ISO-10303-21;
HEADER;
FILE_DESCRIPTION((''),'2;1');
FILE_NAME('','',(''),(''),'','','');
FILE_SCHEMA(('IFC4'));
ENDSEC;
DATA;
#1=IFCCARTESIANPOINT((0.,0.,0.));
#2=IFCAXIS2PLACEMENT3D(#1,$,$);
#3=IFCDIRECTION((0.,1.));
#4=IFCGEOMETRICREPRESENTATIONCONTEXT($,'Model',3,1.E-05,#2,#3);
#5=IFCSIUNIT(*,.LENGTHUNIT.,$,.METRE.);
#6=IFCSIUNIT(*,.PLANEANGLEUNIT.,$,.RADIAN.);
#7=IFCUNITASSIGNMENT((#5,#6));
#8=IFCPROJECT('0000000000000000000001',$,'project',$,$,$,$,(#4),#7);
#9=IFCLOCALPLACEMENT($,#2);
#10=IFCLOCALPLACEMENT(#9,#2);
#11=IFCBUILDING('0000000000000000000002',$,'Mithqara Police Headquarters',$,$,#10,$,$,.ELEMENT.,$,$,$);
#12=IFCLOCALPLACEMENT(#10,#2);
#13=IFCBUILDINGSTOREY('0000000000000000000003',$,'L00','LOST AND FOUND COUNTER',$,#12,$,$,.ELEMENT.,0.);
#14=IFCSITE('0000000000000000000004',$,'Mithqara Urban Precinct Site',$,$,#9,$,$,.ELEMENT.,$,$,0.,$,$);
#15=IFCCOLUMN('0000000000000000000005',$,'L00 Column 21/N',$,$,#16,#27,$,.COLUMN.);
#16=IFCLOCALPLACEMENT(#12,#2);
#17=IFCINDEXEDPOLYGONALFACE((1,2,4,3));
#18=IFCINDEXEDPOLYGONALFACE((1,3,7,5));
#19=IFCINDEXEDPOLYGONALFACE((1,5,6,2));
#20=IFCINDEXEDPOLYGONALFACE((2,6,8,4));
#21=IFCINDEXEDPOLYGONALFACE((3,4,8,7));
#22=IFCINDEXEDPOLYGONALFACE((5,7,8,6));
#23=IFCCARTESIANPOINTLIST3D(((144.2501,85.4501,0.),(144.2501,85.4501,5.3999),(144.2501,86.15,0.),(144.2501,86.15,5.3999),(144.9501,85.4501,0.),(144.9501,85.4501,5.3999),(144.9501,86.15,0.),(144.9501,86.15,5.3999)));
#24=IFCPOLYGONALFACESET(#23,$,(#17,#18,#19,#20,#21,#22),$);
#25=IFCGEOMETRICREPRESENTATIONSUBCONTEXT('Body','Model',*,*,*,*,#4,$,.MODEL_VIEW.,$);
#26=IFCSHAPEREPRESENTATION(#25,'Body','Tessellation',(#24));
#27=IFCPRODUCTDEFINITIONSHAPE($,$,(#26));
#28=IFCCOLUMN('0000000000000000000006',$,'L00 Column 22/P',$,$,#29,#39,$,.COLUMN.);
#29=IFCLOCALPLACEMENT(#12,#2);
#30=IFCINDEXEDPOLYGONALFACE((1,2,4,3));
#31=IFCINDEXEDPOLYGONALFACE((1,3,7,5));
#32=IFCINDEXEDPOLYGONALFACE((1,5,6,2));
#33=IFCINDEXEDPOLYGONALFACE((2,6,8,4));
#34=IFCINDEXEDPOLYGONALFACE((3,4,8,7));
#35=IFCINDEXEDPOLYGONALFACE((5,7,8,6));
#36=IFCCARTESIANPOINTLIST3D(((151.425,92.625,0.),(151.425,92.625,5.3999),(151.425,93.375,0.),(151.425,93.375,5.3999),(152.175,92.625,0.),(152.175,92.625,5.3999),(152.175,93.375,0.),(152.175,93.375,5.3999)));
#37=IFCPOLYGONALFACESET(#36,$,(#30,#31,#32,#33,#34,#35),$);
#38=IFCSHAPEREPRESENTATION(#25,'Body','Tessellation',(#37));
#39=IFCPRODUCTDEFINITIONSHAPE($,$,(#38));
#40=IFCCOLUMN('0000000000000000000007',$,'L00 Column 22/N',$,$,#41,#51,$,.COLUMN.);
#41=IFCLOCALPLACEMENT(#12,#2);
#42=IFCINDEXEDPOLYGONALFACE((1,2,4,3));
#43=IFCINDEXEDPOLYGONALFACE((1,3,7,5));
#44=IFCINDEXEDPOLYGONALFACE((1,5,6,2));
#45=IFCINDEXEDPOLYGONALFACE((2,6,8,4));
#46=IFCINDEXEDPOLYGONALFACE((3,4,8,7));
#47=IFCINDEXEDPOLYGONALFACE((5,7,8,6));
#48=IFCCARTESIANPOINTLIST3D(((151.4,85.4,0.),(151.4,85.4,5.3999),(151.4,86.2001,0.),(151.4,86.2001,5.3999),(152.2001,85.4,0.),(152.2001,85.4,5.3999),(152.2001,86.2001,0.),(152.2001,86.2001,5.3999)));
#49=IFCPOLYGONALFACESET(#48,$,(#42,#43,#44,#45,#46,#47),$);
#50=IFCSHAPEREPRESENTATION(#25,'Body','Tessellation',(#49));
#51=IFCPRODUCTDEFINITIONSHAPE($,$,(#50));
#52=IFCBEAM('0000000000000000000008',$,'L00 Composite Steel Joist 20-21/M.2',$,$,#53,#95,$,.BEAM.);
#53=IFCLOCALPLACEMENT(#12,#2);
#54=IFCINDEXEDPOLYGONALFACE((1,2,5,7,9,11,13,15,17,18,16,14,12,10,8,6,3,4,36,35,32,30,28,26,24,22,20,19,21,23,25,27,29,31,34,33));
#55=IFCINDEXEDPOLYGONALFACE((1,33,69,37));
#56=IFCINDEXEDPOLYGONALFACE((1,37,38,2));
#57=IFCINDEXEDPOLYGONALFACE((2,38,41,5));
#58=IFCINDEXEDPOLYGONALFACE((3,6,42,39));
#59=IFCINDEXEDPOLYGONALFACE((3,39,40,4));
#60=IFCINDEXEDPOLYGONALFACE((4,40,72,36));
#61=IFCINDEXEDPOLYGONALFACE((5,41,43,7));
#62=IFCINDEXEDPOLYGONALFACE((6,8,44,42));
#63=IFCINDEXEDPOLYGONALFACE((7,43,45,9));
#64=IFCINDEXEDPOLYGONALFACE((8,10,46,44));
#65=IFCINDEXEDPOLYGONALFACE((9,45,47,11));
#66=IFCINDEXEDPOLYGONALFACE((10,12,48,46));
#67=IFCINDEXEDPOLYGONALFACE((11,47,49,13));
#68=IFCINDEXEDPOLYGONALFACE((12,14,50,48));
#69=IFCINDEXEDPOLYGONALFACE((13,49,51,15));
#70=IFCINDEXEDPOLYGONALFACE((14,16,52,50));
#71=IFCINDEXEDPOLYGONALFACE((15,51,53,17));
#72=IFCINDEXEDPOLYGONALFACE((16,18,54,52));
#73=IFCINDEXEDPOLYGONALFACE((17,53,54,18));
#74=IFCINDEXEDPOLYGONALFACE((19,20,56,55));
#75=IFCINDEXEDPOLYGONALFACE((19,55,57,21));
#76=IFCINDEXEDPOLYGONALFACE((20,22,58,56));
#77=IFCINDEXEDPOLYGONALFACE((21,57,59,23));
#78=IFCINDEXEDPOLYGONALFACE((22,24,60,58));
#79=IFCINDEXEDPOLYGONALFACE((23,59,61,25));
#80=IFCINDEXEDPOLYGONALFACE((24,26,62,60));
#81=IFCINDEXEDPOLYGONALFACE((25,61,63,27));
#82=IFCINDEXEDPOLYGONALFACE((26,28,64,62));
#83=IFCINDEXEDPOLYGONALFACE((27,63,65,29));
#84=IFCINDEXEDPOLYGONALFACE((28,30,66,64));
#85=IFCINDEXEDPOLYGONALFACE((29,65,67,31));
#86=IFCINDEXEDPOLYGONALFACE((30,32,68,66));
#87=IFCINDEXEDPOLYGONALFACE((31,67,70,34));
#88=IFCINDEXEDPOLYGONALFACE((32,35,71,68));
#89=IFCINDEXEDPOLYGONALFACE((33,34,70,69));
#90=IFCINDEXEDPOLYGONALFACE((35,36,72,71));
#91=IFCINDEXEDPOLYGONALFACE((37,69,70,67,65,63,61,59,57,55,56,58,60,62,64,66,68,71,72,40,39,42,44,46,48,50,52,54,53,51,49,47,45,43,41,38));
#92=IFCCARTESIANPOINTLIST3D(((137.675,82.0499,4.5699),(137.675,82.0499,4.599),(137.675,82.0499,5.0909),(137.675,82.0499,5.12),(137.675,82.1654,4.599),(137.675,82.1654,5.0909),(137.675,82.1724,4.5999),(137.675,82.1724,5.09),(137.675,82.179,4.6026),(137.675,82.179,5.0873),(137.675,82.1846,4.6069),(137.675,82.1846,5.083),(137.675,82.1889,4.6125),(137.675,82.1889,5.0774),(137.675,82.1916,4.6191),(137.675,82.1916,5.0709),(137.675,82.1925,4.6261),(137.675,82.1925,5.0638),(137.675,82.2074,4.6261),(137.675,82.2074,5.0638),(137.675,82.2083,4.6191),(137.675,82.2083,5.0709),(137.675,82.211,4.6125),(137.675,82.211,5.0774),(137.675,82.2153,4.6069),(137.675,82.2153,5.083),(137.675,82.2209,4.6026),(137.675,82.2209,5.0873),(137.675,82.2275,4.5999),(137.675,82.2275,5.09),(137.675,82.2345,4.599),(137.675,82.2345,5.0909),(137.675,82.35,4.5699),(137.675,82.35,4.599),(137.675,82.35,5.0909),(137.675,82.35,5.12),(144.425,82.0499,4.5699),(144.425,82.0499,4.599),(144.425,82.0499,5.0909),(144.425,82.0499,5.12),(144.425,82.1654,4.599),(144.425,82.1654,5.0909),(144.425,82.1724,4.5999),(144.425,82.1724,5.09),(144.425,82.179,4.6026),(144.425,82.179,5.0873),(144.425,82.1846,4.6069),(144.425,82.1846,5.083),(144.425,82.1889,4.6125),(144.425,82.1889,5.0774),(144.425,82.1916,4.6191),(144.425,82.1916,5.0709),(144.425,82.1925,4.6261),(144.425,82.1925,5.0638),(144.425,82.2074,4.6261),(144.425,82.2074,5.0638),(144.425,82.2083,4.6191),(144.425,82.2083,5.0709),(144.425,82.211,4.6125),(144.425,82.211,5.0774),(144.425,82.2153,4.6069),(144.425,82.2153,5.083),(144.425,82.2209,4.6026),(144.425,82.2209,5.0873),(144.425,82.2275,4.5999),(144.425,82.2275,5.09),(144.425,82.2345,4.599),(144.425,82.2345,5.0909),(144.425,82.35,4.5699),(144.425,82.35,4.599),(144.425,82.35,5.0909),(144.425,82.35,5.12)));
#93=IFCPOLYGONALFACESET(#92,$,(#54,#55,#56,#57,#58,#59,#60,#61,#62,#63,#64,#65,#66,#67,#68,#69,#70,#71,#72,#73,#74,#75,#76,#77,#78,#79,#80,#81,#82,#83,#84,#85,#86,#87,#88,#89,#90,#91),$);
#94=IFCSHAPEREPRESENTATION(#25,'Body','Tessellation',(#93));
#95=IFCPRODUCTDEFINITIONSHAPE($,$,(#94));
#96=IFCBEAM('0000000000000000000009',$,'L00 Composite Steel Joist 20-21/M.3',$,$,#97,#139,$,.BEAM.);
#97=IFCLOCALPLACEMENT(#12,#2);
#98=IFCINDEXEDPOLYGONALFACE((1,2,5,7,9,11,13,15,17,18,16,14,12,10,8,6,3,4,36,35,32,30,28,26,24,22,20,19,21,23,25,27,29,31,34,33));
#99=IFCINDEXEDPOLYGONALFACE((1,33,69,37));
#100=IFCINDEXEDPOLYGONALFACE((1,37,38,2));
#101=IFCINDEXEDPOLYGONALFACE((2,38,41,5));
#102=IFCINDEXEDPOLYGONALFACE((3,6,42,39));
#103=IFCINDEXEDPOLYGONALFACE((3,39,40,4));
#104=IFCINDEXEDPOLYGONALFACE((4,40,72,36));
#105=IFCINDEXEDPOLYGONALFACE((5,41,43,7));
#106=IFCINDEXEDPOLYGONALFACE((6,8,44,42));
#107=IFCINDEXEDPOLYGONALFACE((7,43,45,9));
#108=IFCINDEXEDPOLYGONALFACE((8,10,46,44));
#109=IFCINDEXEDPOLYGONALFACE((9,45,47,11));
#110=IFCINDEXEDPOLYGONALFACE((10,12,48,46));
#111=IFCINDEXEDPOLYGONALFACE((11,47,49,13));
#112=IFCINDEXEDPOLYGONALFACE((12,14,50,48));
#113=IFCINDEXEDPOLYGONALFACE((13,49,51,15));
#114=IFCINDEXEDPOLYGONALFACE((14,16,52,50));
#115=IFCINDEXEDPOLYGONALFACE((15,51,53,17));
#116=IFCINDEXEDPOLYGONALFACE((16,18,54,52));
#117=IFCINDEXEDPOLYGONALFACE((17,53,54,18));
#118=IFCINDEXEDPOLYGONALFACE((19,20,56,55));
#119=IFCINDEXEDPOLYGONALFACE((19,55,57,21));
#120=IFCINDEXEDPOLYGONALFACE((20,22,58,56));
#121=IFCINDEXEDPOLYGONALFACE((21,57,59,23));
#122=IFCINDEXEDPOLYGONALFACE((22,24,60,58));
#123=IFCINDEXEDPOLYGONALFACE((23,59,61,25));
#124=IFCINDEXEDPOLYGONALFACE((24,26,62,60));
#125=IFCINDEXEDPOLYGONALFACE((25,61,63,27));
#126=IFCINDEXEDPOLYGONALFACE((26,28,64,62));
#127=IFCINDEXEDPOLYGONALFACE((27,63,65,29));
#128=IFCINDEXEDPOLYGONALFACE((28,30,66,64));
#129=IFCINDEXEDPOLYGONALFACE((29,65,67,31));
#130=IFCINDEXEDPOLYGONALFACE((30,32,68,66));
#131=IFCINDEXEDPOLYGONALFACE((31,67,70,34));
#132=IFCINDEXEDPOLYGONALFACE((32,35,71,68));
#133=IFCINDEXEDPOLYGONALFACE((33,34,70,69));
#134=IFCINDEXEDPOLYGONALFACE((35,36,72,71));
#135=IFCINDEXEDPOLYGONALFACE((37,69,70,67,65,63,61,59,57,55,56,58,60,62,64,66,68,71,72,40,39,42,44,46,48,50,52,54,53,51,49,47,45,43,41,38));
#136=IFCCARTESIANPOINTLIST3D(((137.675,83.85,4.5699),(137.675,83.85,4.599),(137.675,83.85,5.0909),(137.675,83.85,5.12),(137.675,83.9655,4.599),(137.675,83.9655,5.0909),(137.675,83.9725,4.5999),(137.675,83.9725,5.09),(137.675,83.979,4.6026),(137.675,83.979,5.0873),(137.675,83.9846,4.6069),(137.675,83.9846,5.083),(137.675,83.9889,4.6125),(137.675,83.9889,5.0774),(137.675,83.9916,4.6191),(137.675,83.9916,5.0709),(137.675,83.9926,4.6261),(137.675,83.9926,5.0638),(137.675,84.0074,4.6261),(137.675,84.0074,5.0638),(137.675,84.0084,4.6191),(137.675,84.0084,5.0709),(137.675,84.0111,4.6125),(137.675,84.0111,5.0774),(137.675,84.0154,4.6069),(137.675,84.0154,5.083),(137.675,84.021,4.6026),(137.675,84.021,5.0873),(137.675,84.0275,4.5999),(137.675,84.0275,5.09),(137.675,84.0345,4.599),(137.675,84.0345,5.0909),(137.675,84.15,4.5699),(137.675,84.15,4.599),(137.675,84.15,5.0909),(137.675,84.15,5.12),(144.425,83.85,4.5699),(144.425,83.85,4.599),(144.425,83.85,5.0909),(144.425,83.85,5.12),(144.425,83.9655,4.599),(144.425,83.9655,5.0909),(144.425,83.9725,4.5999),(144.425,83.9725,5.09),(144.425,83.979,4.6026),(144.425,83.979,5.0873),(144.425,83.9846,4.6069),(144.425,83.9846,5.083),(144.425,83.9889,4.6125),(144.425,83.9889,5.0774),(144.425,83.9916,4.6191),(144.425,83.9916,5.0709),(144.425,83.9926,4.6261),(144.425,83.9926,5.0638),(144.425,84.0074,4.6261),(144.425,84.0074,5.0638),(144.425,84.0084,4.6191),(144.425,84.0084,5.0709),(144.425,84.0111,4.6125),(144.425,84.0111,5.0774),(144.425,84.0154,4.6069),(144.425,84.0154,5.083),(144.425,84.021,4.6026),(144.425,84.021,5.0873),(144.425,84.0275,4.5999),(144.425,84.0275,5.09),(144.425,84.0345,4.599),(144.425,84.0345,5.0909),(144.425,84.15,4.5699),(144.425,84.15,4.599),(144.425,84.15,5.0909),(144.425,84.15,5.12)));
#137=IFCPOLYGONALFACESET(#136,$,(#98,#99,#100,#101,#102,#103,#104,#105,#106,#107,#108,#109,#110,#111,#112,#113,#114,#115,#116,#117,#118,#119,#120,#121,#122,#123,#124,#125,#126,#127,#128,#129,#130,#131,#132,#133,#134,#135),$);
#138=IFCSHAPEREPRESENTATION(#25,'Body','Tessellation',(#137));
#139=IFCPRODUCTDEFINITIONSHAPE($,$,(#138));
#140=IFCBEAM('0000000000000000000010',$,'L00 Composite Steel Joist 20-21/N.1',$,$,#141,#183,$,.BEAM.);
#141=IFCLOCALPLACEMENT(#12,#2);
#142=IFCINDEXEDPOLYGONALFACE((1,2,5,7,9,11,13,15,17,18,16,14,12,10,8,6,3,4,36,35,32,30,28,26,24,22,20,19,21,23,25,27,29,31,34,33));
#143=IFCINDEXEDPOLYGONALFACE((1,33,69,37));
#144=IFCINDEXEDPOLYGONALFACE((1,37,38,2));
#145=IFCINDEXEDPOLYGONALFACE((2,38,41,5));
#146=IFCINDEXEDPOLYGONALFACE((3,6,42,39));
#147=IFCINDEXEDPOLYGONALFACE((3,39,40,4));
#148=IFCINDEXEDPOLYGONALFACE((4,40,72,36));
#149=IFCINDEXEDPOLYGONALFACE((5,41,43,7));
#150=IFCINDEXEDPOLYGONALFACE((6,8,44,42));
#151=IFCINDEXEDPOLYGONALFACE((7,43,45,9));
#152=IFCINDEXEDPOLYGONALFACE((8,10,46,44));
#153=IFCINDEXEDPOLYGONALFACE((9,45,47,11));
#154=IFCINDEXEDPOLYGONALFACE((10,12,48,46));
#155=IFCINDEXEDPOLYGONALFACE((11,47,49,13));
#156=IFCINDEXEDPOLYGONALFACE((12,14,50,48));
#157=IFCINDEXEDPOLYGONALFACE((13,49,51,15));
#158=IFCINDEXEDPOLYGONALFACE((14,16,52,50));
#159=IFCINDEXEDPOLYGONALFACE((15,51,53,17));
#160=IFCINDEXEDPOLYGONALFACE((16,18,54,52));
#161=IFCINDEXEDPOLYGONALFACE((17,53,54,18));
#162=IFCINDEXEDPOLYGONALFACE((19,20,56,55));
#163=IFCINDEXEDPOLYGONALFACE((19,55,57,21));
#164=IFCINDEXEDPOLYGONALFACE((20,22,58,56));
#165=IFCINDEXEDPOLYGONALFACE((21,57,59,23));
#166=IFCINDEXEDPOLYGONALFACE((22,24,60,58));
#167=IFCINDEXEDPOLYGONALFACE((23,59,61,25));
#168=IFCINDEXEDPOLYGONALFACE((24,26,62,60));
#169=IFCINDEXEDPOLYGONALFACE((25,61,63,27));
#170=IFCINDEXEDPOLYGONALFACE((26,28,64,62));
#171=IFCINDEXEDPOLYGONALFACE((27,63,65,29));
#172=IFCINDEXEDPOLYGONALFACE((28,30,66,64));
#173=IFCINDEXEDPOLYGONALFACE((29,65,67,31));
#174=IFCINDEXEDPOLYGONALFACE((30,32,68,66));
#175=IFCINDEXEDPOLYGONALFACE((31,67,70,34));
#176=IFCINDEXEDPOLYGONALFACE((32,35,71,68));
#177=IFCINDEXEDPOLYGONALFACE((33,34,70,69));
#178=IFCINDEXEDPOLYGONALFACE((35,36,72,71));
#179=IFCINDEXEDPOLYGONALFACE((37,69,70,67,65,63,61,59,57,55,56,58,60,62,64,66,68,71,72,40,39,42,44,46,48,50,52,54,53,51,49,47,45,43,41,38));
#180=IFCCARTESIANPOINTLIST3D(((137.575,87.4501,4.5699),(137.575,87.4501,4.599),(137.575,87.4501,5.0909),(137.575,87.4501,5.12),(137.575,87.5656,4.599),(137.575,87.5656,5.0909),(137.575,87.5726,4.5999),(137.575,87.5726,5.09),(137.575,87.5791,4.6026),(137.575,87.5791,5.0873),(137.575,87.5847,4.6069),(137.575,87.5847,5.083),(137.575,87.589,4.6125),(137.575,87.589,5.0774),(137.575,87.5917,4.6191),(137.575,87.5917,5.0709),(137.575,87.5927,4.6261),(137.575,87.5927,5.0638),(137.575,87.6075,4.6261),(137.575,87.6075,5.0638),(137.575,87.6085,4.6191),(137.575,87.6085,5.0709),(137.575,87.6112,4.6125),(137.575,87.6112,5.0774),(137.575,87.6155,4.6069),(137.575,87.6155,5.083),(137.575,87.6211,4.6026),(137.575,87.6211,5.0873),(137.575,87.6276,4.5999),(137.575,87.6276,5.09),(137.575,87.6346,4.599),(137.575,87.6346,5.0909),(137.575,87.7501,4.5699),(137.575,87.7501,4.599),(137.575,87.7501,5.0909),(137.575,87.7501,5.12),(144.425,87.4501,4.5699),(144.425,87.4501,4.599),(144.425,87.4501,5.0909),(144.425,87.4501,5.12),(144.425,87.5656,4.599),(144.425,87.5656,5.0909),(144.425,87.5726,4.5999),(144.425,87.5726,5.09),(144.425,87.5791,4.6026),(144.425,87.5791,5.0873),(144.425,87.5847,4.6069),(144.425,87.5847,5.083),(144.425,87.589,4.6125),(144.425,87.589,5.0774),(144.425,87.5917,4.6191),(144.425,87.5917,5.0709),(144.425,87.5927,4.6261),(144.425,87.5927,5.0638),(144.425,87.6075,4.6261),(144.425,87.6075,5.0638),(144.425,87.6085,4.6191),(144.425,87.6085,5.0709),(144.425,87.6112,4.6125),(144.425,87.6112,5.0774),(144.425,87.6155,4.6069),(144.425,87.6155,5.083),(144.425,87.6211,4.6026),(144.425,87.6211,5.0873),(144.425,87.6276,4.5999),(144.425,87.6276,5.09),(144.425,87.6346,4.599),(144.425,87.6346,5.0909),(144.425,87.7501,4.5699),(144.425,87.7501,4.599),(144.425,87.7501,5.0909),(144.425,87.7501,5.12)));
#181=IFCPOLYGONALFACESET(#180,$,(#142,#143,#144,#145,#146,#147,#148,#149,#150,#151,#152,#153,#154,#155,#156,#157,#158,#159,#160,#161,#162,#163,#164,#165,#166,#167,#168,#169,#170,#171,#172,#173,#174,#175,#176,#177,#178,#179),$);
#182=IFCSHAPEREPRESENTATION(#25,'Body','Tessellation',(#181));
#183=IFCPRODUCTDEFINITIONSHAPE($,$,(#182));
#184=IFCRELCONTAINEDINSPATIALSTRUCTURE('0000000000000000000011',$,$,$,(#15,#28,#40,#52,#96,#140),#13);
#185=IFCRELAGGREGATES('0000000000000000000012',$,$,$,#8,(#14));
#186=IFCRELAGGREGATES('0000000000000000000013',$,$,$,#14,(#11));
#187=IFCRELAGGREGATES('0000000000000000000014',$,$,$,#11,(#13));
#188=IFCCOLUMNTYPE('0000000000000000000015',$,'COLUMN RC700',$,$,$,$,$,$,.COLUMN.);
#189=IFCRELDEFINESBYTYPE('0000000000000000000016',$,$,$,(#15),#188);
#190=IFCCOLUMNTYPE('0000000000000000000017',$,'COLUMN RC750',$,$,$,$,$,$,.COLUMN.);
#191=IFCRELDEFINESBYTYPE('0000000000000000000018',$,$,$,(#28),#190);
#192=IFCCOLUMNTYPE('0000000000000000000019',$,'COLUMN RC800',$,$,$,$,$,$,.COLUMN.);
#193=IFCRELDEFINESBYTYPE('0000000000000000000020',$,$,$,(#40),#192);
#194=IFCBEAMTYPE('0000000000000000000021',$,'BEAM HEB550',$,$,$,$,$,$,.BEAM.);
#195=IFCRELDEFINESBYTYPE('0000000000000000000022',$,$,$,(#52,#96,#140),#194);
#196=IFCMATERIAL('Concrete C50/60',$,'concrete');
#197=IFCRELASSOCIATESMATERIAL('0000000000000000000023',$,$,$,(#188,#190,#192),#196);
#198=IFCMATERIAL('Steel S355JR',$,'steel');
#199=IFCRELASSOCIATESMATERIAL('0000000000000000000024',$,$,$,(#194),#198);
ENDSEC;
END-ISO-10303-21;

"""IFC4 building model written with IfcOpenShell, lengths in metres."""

from ifc_helpers import new_model, si_unit, direction, frame, origin, origin_2d, place, context, subcontext, project, spatial, rectangle, i_section, extrude, material, material_profile, profile_set, type_object, element, save


model = new_model("IFC4")

# Units and contexts
model_context = context("Model", 3, precision=1e-05, world=origin(), true_north=direction((0.0, 1.0)))
body_context = subcontext(model_context, "Body", "Model", "MODEL_VIEW")
ifc_project = project(units=[si_unit("LENGTHUNIT", "METRE"), si_unit("PLANEANGLEUNIT", "RADIAN")], contexts=[model_context])

# Site, building, storey
site_placement = place(None, origin())
site = spatial("IfcSite", under=ifc_project, at=site_placement, Name="Mithqara Urban Precinct Site", CompositionType="ELEMENT", RefElevation=0.0)
building_placement = place(site_placement, origin())
building = spatial("IfcBuilding", under=site, at=building_placement, Name="Mithqara Police Headquarters", CompositionType="ELEMENT")
storey_placement = place(building_placement, origin())
storey = spatial("IfcBuildingStorey", under=building, at=storey_placement, Name="L00", Description="LOST AND FOUND COUNTER", CompositionType="ELEMENT", Elevation=0.0)

# Columns
ifc_material_1 = material(Name="Concrete C50/60", Category="concrete")
ifc_material_profile_1 = material_profile(ifc_material_1, rectangle(XDim=0.7, YDim=0.7, at=origin_2d()), Name="RC 700x700")
ifc_profile_set_1 = profile_set([ifc_material_profile_1], Name="Concrete C50/60")
column_type_1 = type_object("IfcColumnType", Name="COLUMN RC700", PredefinedType="COLUMN", material=ifc_profile_set_1)
column_1_placement = place(storey_placement, frame((144.6001, 85.8, 0.0), z_axis=(0.0, 0.0, 1.0), x_axis=(1.0, 0.0, 0.0)))
element("IfcColumn", 1, at=column_1_placement, inside=storey, type_object=column_type_1, Name="L00 Column 21/N", PredefinedType="COLUMN", context=body_context, shape_type="SweptSolid", body=[
    extrude(rectangle(XDim=0.7, YDim=0.7, at=origin_2d()), origin(), (0.0, 0.0, 1.0), 5.3999),
])
ifc_material_profile_2 = material_profile(ifc_material_1, rectangle(XDim=0.75, YDim=0.75, at=origin_2d()), Name="RC 750x750")
ifc_profile_set_2 = profile_set([ifc_material_profile_2], Name="Concrete C50/60")
column_type_2 = type_object("IfcColumnType", Name="COLUMN RC750", PredefinedType="COLUMN", material=ifc_profile_set_2)
column_2_placement = place(storey_placement, frame((151.8, 93.0, 0.0), z_axis=(0.0, 0.0, 1.0), x_axis=(1.0, 0.0, 0.0)))
element("IfcColumn", 2, at=column_2_placement, inside=storey, type_object=column_type_2, Name="L00 Column 22/P", PredefinedType="COLUMN", context=body_context, shape_type="SweptSolid", body=[
    extrude(rectangle(XDim=0.75, YDim=0.75, at=origin_2d()), origin(), (0.0, 0.0, 1.0), 5.3999),
])
ifc_material_profile_3 = material_profile(ifc_material_1, rectangle(XDim=0.8, YDim=0.8, at=origin_2d()), Name="RC 800x800")
ifc_profile_set_3 = profile_set([ifc_material_profile_3], Name="Concrete C50/60")
column_type_3 = type_object("IfcColumnType", Name="COLUMN RC800", PredefinedType="COLUMN", material=ifc_profile_set_3)
column_3_placement = place(storey_placement, frame((151.8, 85.8, 0.0), z_axis=(0.0, 0.0, 1.0), x_axis=(1.0, 0.0, 0.0)))
element("IfcColumn", 3, at=column_3_placement, inside=storey, type_object=column_type_3, Name="L00 Column 22/N", PredefinedType="COLUMN", context=body_context, shape_type="SweptSolid", body=[
    extrude(rectangle(XDim=0.8, YDim=0.8, at=origin_2d()), origin(), (0.0, 0.0, 1.0), 5.3999),
])

# Beams
ifc_material_2 = material(Name="Steel S355JR", Category="steel")
ifc_material_profile_4 = material_profile(ifc_material_2, i_section(OverallWidth=0.3, OverallDepth=0.55, WebThickness=0.0149, FlangeThickness=0.0291, FilletRadius=0.0271, at=origin_2d()), Name="HEB 550")
ifc_profile_set_4 = profile_set([ifc_material_profile_4], Name="Steel S355JR")
beam_type_1 = type_object("IfcBeamType", Name="BEAM HEB550", PredefinedType="BEAM", material=ifc_profile_set_4)
for number, where, z_axis, x_axis, name in (
    (4, (137.675, 82.2, 4.845), (1.0, 0.0, 0.0), (0.0, 1.0, 0.0), "L00 Composite Steel Joist 20-21/M.2"),
    (5, (137.675, 84.0, 4.845), (1.0, 0.0, 0.0), (0.0, 1.0, 0.0), "L00 Composite Steel Joist 20-21/M.3"),
):
    element("IfcBeam", number, at=place(storey_placement, frame(where, z_axis=z_axis, x_axis=x_axis)), inside=storey, type_object=beam_type_1, Name=name, PredefinedType="BEAM", context=body_context, shape_type="SweptSolid", body=[
        extrude(i_section(OverallWidth=0.3, OverallDepth=0.55, WebThickness=0.0149, FlangeThickness=0.0291, FilletRadius=0.0271, at=origin_2d()), origin(), (0.0, 0.0, 1.0), 6.75),
    ])
for number, where, z_axis, x_axis, name in (
    (6, (137.575, 87.6001, 4.845), (1.0, 0.0, 0.0), (0.0, 1.0, 0.0), "L00 Composite Steel Joist 20-21/N.1"),
):
    element("IfcBeam", number, at=place(storey_placement, frame(where, z_axis=z_axis, x_axis=x_axis)), inside=storey, type_object=beam_type_1, Name=name, PredefinedType="BEAM", context=body_context, shape_type="SweptSolid", body=[
        extrude(i_section(OverallWidth=0.3, OverallDepth=0.55, WebThickness=0.0149, FlangeThickness=0.0291, FilletRadius=0.0271, at=origin_2d()), origin(), (0.0, 0.0, 1.0), 6.8501),
    ])

save(model, "model.ifc")
